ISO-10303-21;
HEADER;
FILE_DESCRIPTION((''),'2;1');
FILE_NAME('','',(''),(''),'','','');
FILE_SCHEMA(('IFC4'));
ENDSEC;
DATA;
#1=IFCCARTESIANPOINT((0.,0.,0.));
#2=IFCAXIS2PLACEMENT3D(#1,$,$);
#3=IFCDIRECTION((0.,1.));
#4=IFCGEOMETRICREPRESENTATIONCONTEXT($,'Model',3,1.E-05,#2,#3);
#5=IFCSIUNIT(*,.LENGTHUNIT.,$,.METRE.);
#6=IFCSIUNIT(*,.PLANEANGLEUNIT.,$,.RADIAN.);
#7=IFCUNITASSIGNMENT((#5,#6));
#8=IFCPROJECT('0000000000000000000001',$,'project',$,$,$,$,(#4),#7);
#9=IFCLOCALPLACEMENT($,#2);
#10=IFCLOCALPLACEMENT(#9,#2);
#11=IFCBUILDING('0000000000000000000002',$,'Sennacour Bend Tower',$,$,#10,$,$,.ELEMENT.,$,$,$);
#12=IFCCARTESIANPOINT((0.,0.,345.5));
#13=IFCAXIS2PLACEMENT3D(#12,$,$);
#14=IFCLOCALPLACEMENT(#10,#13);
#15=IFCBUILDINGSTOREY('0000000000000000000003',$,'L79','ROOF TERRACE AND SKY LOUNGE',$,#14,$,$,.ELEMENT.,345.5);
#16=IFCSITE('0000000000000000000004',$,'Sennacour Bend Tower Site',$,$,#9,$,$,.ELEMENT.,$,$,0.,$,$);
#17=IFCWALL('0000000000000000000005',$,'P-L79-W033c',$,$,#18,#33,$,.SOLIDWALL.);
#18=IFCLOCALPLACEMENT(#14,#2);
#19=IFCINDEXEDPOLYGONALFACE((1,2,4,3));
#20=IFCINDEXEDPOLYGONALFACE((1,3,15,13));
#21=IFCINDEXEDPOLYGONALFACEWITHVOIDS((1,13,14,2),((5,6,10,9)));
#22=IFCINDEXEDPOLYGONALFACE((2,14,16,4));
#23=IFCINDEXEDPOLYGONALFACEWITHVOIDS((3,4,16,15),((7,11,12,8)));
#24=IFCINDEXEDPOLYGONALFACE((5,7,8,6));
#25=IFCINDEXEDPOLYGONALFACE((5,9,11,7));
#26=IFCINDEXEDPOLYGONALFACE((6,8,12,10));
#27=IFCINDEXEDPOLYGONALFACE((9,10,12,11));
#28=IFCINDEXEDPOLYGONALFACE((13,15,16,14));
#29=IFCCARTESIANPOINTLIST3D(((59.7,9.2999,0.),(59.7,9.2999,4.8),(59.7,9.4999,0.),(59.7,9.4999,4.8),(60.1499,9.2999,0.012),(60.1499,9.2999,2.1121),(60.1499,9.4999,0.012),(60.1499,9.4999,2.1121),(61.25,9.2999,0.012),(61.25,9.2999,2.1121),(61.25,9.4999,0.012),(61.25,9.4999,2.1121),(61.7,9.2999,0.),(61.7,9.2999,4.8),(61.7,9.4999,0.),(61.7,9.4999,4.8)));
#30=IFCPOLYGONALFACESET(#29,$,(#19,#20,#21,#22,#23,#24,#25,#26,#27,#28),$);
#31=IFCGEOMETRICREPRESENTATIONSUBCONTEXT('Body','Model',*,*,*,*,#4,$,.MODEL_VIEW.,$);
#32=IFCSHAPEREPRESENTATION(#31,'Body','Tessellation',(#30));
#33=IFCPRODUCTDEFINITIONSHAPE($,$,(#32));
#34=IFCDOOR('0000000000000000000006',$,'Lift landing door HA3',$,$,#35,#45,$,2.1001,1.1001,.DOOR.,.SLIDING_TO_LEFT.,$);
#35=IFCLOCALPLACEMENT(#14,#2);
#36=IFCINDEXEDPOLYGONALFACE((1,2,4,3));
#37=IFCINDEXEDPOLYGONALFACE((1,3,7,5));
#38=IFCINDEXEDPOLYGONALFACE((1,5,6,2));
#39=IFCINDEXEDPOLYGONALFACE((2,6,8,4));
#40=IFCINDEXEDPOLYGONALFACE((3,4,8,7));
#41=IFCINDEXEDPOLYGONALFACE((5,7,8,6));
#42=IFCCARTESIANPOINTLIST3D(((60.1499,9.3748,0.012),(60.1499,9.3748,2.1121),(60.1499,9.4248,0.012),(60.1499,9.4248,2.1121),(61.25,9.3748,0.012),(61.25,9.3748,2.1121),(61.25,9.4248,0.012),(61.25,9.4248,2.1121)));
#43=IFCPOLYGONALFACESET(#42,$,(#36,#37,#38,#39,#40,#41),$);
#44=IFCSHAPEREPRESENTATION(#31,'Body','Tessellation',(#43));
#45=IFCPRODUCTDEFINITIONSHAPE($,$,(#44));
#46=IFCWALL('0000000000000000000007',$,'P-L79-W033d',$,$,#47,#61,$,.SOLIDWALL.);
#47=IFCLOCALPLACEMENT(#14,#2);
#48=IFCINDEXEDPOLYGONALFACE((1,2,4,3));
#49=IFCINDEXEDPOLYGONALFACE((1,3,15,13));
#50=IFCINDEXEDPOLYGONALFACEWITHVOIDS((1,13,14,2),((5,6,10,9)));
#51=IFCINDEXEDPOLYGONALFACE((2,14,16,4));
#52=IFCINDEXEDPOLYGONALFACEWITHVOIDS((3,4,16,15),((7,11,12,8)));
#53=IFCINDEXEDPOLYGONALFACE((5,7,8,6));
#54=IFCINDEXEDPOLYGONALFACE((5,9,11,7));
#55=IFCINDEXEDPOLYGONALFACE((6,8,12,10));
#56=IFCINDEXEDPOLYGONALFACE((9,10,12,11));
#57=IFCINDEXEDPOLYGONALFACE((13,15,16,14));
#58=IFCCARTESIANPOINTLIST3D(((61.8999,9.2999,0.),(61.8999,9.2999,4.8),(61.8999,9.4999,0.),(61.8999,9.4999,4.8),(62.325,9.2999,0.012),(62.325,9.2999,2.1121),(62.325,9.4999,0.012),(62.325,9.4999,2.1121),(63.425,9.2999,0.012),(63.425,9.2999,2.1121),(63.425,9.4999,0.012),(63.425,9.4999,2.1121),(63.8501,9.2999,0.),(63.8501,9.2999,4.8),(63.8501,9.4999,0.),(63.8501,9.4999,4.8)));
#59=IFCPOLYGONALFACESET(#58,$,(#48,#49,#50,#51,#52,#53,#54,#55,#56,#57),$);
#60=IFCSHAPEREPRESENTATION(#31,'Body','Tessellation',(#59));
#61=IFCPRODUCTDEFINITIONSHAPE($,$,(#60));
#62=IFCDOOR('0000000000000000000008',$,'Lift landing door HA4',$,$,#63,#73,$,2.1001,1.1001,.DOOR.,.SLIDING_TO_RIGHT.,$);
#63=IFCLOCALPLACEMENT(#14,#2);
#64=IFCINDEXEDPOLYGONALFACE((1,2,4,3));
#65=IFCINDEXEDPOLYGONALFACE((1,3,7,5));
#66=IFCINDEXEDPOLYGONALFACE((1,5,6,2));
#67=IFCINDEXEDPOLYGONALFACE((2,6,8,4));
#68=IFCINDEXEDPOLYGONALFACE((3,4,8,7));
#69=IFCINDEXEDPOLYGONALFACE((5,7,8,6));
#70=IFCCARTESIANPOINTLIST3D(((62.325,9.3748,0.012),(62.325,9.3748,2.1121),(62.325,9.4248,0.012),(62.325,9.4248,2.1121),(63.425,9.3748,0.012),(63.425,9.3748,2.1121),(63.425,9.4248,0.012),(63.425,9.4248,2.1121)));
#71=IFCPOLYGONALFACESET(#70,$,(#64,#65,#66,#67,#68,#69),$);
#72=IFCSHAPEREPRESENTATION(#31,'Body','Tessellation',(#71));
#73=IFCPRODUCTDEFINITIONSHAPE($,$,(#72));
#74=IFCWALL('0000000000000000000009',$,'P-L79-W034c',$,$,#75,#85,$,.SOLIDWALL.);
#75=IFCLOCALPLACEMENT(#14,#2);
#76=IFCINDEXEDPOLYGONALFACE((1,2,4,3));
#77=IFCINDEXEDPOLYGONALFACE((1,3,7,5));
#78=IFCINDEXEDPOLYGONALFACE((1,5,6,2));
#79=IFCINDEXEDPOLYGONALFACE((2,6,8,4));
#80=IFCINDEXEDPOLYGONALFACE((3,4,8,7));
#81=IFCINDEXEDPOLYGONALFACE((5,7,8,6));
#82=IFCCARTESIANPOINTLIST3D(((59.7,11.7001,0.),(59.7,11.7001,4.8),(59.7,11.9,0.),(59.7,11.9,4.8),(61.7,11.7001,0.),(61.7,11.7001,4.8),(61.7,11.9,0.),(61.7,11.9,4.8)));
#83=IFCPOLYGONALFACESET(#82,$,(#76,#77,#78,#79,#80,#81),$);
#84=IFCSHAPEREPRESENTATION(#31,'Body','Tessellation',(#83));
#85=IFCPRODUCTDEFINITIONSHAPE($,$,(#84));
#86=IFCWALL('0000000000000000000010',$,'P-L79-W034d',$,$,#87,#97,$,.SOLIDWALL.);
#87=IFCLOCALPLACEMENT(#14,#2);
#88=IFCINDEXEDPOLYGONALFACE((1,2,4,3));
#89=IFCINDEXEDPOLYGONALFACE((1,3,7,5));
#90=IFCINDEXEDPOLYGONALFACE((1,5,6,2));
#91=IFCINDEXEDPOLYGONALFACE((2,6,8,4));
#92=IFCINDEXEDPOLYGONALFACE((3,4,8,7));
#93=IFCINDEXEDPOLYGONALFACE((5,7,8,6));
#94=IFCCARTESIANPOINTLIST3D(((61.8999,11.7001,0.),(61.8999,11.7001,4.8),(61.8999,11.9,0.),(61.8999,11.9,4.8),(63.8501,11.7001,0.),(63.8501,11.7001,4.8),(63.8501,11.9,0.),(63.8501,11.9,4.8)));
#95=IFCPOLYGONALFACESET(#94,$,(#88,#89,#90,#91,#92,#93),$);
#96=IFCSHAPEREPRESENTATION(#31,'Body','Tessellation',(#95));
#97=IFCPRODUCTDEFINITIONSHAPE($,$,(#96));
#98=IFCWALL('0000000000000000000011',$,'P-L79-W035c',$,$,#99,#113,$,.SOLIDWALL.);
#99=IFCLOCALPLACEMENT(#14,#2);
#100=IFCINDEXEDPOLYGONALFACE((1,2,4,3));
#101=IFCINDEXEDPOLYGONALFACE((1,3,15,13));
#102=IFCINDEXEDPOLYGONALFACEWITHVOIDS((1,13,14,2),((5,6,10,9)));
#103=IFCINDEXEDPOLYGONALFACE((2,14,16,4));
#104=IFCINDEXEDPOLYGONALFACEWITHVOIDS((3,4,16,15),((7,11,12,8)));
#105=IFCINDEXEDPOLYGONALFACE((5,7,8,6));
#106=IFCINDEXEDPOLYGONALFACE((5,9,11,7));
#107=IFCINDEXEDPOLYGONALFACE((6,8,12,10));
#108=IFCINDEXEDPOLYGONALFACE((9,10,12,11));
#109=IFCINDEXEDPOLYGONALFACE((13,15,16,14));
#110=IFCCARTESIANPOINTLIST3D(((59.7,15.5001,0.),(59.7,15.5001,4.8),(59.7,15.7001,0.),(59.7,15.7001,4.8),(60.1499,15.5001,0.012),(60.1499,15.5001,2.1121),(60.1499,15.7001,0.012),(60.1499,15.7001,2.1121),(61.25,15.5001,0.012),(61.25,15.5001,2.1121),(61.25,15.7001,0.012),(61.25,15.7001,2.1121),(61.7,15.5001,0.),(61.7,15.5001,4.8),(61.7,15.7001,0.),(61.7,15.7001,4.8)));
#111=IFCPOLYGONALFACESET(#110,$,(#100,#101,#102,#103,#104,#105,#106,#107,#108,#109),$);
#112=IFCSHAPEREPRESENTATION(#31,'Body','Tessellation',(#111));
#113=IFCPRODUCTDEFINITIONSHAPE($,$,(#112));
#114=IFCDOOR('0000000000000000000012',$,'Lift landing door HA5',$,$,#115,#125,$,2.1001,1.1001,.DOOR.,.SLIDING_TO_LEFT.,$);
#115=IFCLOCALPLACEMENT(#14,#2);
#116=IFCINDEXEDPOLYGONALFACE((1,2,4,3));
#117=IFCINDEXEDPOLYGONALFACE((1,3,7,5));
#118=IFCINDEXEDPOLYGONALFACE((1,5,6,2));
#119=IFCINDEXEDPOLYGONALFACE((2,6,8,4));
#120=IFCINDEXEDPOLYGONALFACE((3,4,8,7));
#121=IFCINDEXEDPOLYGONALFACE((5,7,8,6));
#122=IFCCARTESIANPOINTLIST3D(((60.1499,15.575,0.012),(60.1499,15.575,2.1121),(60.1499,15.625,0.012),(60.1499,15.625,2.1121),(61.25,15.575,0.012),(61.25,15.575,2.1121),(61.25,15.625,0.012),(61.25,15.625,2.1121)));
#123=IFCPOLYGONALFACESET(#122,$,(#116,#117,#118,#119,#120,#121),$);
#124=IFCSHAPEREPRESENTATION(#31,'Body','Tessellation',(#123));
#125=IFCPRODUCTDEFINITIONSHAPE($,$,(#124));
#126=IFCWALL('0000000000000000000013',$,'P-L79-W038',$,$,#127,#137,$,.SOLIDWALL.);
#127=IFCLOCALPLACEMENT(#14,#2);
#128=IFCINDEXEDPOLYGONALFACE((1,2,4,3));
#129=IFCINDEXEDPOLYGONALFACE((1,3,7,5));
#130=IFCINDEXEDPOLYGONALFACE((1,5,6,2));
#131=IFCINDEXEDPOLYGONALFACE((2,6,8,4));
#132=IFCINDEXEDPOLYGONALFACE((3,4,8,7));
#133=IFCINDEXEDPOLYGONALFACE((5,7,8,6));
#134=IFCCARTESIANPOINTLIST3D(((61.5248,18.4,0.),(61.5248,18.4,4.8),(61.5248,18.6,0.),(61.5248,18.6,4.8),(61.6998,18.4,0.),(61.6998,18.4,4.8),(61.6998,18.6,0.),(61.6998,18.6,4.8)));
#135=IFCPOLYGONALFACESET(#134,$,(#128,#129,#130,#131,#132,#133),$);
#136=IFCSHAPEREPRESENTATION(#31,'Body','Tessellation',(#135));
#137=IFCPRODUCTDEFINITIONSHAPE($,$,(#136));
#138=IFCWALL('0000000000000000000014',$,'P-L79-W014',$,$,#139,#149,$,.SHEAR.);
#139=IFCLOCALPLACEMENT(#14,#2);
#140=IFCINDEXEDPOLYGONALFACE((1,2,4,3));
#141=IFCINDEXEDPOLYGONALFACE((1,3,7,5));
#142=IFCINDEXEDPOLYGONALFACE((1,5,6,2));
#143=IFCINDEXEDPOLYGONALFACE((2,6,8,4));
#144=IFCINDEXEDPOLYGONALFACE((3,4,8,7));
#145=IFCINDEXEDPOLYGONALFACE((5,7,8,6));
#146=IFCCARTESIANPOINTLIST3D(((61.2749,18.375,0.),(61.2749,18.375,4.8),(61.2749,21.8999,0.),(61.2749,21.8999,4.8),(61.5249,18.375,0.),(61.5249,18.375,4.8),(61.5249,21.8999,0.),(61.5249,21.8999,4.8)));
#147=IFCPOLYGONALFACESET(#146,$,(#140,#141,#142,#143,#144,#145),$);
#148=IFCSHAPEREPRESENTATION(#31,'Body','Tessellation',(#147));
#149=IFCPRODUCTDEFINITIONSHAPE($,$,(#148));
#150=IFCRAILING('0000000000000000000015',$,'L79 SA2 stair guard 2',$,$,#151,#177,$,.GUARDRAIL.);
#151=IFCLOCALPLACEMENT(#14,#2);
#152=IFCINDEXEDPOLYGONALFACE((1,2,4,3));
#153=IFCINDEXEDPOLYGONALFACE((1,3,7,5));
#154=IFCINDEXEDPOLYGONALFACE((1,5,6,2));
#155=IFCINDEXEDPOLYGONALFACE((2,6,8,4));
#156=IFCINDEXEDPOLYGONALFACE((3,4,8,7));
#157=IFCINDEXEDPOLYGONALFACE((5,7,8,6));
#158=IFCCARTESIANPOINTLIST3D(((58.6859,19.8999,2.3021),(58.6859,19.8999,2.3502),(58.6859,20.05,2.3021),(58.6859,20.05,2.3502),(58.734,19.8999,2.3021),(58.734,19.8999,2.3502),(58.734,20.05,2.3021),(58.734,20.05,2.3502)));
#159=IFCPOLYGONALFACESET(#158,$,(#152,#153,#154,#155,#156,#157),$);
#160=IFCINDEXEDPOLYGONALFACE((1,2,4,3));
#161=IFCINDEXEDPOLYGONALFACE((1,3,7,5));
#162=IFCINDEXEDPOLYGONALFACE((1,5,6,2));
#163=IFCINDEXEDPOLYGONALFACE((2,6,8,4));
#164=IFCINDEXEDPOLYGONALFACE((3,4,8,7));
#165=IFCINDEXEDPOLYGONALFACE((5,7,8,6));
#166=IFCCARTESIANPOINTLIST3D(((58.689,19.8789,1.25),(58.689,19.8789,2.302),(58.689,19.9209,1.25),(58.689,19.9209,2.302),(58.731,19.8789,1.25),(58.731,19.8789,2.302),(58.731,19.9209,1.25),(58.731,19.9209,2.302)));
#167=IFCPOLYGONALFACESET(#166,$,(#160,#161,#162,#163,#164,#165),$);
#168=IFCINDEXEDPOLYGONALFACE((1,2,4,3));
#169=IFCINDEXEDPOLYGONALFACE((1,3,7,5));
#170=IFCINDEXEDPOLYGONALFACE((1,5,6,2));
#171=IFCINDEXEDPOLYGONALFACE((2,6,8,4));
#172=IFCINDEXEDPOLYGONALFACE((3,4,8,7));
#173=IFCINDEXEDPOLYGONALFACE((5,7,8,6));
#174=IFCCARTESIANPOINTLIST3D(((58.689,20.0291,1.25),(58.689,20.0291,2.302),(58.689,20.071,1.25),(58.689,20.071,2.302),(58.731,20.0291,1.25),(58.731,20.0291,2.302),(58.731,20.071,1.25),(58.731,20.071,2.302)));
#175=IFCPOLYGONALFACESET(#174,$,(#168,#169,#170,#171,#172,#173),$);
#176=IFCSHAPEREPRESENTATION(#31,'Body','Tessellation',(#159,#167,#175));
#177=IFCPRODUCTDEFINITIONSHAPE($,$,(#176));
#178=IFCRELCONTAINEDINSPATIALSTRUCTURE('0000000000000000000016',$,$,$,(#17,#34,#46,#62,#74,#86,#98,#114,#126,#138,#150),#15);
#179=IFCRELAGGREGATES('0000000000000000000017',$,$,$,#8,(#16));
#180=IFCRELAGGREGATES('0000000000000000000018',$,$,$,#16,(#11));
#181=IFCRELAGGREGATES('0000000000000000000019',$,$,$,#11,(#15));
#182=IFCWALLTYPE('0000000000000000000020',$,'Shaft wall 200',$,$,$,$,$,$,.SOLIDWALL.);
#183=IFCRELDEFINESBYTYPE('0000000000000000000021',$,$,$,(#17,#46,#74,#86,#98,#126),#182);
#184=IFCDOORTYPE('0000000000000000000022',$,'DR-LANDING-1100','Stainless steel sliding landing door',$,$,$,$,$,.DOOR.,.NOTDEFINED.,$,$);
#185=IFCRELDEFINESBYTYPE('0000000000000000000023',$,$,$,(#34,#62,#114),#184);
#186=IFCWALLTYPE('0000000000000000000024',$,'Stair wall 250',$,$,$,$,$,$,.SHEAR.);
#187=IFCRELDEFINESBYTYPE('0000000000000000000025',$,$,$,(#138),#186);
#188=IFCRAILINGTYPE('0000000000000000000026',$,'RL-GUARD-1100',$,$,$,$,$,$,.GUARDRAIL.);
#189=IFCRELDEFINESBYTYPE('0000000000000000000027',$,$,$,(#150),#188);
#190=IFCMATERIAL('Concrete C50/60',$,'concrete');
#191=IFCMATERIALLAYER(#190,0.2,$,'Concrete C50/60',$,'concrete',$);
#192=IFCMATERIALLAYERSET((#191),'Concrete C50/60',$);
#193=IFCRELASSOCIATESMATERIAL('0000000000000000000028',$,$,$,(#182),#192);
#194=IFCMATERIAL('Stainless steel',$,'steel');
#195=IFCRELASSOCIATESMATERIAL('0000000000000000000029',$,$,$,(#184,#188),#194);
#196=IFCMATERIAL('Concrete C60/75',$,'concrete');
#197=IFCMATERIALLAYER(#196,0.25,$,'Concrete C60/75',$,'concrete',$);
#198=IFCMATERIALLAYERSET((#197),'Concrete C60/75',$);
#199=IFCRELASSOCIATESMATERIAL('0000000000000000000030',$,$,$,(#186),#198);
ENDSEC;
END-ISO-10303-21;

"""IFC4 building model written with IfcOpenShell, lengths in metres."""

from ifc_helpers import new_model, si_unit, direction, frame, frame_2d, origin, origin_2d, place, context, subcontext, project, spatial, rectangle, extrude, material, layer, layer_set, type_object, element, fill, save


model = new_model("IFC4")

# Units and contexts
model_context = context("Model", 3, precision=1e-05, world=origin(), true_north=direction((0.0, 1.0)))
body_context = subcontext(model_context, "Body", "Model", "MODEL_VIEW")
ifc_project = project(units=[si_unit("LENGTHUNIT", "METRE"), si_unit("PLANEANGLEUNIT", "RADIAN")], contexts=[model_context])

# Site, building, storey
site_placement = place(None, origin())
site = spatial("IfcSite", under=ifc_project, at=site_placement, Name="Sennacour Bend Tower Site", CompositionType="ELEMENT", RefElevation=0.0)
building_placement = place(site_placement, origin())
building = spatial("IfcBuilding", under=site, at=building_placement, Name="Sennacour Bend Tower", CompositionType="ELEMENT")
storey_placement = place(building_placement, frame((0.0, 0.0, 345.5)))
storey = spatial("IfcBuildingStorey", under=building, at=storey_placement, Name="L79", Description="ROOF TERRACE AND SKY LOUNGE", CompositionType="ELEMENT", Elevation=345.5)

# Shared definitions
ifc_material_1 = material(Name="Concrete C50/60", Category="concrete")
ifc_layer_1 = layer(ifc_material_1, 0.2, Name="Concrete C50/60", Category="concrete")
ifc_layer_set_1 = layer_set([ifc_layer_1], Name="Concrete C50/60")
wall_type_1 = type_object("IfcWallType", Name="Shaft wall 200", PredefinedType="SOLIDWALL", material=ifc_layer_set_1)

# Walls, openings, doors
wall_1_placement = place(storey_placement, frame((59.7, 9.3999, 0.0), z_axis=(0.0, 0.0, 1.0), x_axis=(1.0, 0.0, 0.0)))
wall_1 = element("IfcWall", 1, at=wall_1_placement, inside=storey, type_object=wall_type_1, Name="P-L79-W033c", PredefinedType="SOLIDWALL", context=body_context, shape_type="SweptSolid", body=[
    extrude(rectangle(XDim=2.0, YDim=0.2, at=frame_2d((1.0, 0.0))), origin(), (0.0, 0.0, 1.0), 4.8),
])
opening_1_placement = place(wall_1_placement, frame((0.45, 0.0, 0.012)))
opening_1 = element("IfcOpeningElement", 2, at=opening_1_placement, cuts=wall_1, PredefinedType="OPENING", context=body_context, shape_type="SweptSolid", body=[
    extrude(rectangle(XDim=1.1001, YDim=2.1001, at=frame_2d((0.55, 1.05))), frame((0.0, 0.1099, 0.0), z_axis=(0.0, -1.0, 0.0), x_axis=(1.0, 0.0, 0.0)), (0.0, 0.0, 1.0), 0.22),
])
ifc_material_2 = material(Name="Stainless steel", Category="steel")
door_type_1 = type_object("IfcDoorType", Name="DR-LANDING-1100", Description="Stainless steel sliding landing door", OperationType="NOTDEFINED", PredefinedType="DOOR", material=ifc_material_2)
door_1_placement = place(opening_1_placement, origin())
door_1 = element("IfcDoor", 3, at=door_1_placement, inside=storey, type_object=door_type_1, Name="Lift landing door HA3", OperationType="SLIDING_TO_LEFT", OverallHeight=2.1001, OverallWidth=1.1001, PredefinedType="DOOR", context=body_context, shape_type="SweptSolid", body=[
    extrude(rectangle(XDim=1.1001, YDim=2.1001, at=frame_2d((0.55, 1.05))), frame((0.0, 0.0249, 0.0), z_axis=(0.0, -1.0, 0.0), x_axis=(1.0, 0.0, 0.0)), (0.0, 0.0, 1.0), 0.05),
])
fill(opening_1, door_1)
wall_2_placement = place(storey_placement, frame((61.8999, 9.3999, 0.0), z_axis=(0.0, 0.0, 1.0), x_axis=(1.0, 0.0, 0.0)))
wall_2 = element("IfcWall", 4, at=wall_2_placement, inside=storey, type_object=wall_type_1, Name="P-L79-W033d", PredefinedType="SOLIDWALL", context=body_context, shape_type="SweptSolid", body=[
    extrude(rectangle(XDim=1.9502, YDim=0.2, at=frame_2d((0.9751, 0.0))), origin(), (0.0, 0.0, 1.0), 4.8),
])
opening_2_placement = place(wall_2_placement, frame((0.425, 0.0, 0.012)))
opening_2 = element("IfcOpeningElement", 5, at=opening_2_placement, cuts=wall_2, PredefinedType="OPENING", context=body_context, shape_type="SweptSolid", body=[
    extrude(rectangle(XDim=1.1001, YDim=2.1001, at=frame_2d((0.55, 1.05))), frame((0.0, 0.1099, 0.0), z_axis=(0.0, -1.0, 0.0), x_axis=(1.0, 0.0, 0.0)), (0.0, 0.0, 1.0), 0.22),
])
door_2_placement = place(opening_2_placement, origin())
door_2 = element("IfcDoor", 6, at=door_2_placement, inside=storey, type_object=door_type_1, Name="Lift landing door HA4", OperationType="SLIDING_TO_RIGHT", OverallHeight=2.1001, OverallWidth=1.1001, PredefinedType="DOOR", context=body_context, shape_type="SweptSolid", body=[
    extrude(rectangle(XDim=1.1001, YDim=2.1001, at=frame_2d((0.55, 1.05))), frame((0.0, 0.0249, 0.0), z_axis=(0.0, -1.0, 0.0), x_axis=(1.0, 0.0, 0.0)), (0.0, 0.0, 1.0), 0.05),
])
fill(opening_2, door_2)

# Walls
wall_3_placement = place(storey_placement, frame((59.7, 11.8, 0.0), z_axis=(0.0, 0.0, 1.0), x_axis=(1.0, 0.0, 0.0)))
element("IfcWall", 7, at=wall_3_placement, inside=storey, type_object=wall_type_1, Name="P-L79-W034c", PredefinedType="SOLIDWALL", context=body_context, shape_type="SweptSolid", body=[
    extrude(rectangle(XDim=2.0, YDim=0.2, at=frame_2d((1.0, 0.0))), origin(), (0.0, 0.0, 1.0), 4.8),
])
wall_4_placement = place(storey_placement, frame((61.8999, 11.8, 0.0), z_axis=(0.0, 0.0, 1.0), x_axis=(1.0, 0.0, 0.0)))
element("IfcWall", 8, at=wall_4_placement, inside=storey, type_object=wall_type_1, Name="P-L79-W034d", PredefinedType="SOLIDWALL", context=body_context, shape_type="SweptSolid", body=[
    extrude(rectangle(XDim=1.9502, YDim=0.2, at=frame_2d((0.9751, 0.0))), origin(), (0.0, 0.0, 1.0), 4.8),
])

# Wall, opening, door
wall_5_placement = place(storey_placement, frame((59.7, 15.6001, 0.0), z_axis=(0.0, 0.0, 1.0), x_axis=(1.0, 0.0, 0.0)))
wall_5 = element("IfcWall", 9, at=wall_5_placement, inside=storey, type_object=wall_type_1, Name="P-L79-W035c", PredefinedType="SOLIDWALL", context=body_context, shape_type="SweptSolid", body=[
    extrude(rectangle(XDim=2.0, YDim=0.2, at=frame_2d((1.0, 0.0))), origin(), (0.0, 0.0, 1.0), 4.8),
])
opening_3_placement = place(wall_5_placement, frame((0.45, 0.0, 0.012)))
opening_3 = element("IfcOpeningElement", 10, at=opening_3_placement, cuts=wall_5, PredefinedType="OPENING", context=body_context, shape_type="SweptSolid", body=[
    extrude(rectangle(XDim=1.1001, YDim=2.1001, at=frame_2d((0.55, 1.05))), frame((0.0, 0.1099, 0.0), z_axis=(0.0, -1.0, 0.0), x_axis=(1.0, 0.0, 0.0)), (0.0, 0.0, 1.0), 0.22),
])
door_3_placement = place(opening_3_placement, origin())
door_3 = element("IfcDoor", 11, at=door_3_placement, inside=storey, type_object=door_type_1, Name="Lift landing door HA5", OperationType="SLIDING_TO_LEFT", OverallHeight=2.1001, OverallWidth=1.1001, PredefinedType="DOOR", context=body_context, shape_type="SweptSolid", body=[
    extrude(rectangle(XDim=1.1001, YDim=2.1001, at=frame_2d((0.55, 1.05))), frame((0.0, 0.0249, 0.0), z_axis=(0.0, -1.0, 0.0), x_axis=(1.0, 0.0, 0.0)), (0.0, 0.0, 1.0), 0.05),
])
fill(opening_3, door_3)

# Walls
wall_6_placement = place(storey_placement, frame((61.5249, 18.5, 0.0), z_axis=(0.0, 0.0, 1.0), x_axis=(1.0, 0.0, 0.0)))
element("IfcWall", 12, at=wall_6_placement, inside=storey, type_object=wall_type_1, Name="P-L79-W038", PredefinedType="SOLIDWALL", context=body_context, shape_type="SweptSolid", body=[
    extrude(rectangle(XDim=0.175, YDim=0.2, at=frame_2d((0.0874, 0.0))), origin(), (0.0, 0.0, 1.0), 4.8),
])
ifc_material_3 = material(Name="Concrete C60/75", Category="concrete")
ifc_layer_2 = layer(ifc_material_3, 0.25, Name="Concrete C60/75", Category="concrete")
ifc_layer_set_2 = layer_set([ifc_layer_2], Name="Concrete C60/75")
wall_type_2 = type_object("IfcWallType", Name="Stair wall 250", PredefinedType="SHEAR", material=ifc_layer_set_2)
wall_7_placement = place(storey_placement, frame((61.3999, 18.375, 0.0), z_axis=(0.0, 0.0, 1.0), x_axis=(0.0, 1.0, 0.0)))
element("IfcWall", 13, at=wall_7_placement, inside=storey, type_object=wall_type_2, Name="P-L79-W014", PredefinedType="SHEAR", context=body_context, shape_type="SweptSolid", body=[
    extrude(rectangle(XDim=3.5249, YDim=0.25, at=frame_2d((1.7625, 0.0))), origin(), (0.0, 0.0, 1.0), 4.8),
])

# Railing
railing_type = type_object("IfcRailingType", Name="RL-GUARD-1100", PredefinedType="GUARDRAIL", material=ifc_material_2)
railing_placement = place(storey_placement, frame((58.71, 19.8999, 1.25)))
element("IfcRailing", 14, at=railing_placement, inside=storey, type_object=railing_type, Name="L79 SA2 stair guard 2", PredefinedType="GUARDRAIL", context=body_context, shape_type="SweptSolid", body=[
    extrude(rectangle(XDim=0.0481, YDim=0.0481, at=origin_2d()), frame((0.0, 0.0, 1.0762), z_axis=(0.0, 1.0, 0.0), x_axis=(-1.0, 0.0, 0.0)), (0.0, 0.0, 1.0), 0.1501),
    extrude(rectangle(XDim=0.042, YDim=0.042, at=origin_2d()), origin(), (0.0, 0.0, 1.0), 1.052),
    extrude(rectangle(XDim=0.042, YDim=0.042, at=origin_2d()), frame((0.0, 0.1501, 0.0)), (0.0, 0.0, 1.0), 1.052),
])

save(model, "model.ifc")
